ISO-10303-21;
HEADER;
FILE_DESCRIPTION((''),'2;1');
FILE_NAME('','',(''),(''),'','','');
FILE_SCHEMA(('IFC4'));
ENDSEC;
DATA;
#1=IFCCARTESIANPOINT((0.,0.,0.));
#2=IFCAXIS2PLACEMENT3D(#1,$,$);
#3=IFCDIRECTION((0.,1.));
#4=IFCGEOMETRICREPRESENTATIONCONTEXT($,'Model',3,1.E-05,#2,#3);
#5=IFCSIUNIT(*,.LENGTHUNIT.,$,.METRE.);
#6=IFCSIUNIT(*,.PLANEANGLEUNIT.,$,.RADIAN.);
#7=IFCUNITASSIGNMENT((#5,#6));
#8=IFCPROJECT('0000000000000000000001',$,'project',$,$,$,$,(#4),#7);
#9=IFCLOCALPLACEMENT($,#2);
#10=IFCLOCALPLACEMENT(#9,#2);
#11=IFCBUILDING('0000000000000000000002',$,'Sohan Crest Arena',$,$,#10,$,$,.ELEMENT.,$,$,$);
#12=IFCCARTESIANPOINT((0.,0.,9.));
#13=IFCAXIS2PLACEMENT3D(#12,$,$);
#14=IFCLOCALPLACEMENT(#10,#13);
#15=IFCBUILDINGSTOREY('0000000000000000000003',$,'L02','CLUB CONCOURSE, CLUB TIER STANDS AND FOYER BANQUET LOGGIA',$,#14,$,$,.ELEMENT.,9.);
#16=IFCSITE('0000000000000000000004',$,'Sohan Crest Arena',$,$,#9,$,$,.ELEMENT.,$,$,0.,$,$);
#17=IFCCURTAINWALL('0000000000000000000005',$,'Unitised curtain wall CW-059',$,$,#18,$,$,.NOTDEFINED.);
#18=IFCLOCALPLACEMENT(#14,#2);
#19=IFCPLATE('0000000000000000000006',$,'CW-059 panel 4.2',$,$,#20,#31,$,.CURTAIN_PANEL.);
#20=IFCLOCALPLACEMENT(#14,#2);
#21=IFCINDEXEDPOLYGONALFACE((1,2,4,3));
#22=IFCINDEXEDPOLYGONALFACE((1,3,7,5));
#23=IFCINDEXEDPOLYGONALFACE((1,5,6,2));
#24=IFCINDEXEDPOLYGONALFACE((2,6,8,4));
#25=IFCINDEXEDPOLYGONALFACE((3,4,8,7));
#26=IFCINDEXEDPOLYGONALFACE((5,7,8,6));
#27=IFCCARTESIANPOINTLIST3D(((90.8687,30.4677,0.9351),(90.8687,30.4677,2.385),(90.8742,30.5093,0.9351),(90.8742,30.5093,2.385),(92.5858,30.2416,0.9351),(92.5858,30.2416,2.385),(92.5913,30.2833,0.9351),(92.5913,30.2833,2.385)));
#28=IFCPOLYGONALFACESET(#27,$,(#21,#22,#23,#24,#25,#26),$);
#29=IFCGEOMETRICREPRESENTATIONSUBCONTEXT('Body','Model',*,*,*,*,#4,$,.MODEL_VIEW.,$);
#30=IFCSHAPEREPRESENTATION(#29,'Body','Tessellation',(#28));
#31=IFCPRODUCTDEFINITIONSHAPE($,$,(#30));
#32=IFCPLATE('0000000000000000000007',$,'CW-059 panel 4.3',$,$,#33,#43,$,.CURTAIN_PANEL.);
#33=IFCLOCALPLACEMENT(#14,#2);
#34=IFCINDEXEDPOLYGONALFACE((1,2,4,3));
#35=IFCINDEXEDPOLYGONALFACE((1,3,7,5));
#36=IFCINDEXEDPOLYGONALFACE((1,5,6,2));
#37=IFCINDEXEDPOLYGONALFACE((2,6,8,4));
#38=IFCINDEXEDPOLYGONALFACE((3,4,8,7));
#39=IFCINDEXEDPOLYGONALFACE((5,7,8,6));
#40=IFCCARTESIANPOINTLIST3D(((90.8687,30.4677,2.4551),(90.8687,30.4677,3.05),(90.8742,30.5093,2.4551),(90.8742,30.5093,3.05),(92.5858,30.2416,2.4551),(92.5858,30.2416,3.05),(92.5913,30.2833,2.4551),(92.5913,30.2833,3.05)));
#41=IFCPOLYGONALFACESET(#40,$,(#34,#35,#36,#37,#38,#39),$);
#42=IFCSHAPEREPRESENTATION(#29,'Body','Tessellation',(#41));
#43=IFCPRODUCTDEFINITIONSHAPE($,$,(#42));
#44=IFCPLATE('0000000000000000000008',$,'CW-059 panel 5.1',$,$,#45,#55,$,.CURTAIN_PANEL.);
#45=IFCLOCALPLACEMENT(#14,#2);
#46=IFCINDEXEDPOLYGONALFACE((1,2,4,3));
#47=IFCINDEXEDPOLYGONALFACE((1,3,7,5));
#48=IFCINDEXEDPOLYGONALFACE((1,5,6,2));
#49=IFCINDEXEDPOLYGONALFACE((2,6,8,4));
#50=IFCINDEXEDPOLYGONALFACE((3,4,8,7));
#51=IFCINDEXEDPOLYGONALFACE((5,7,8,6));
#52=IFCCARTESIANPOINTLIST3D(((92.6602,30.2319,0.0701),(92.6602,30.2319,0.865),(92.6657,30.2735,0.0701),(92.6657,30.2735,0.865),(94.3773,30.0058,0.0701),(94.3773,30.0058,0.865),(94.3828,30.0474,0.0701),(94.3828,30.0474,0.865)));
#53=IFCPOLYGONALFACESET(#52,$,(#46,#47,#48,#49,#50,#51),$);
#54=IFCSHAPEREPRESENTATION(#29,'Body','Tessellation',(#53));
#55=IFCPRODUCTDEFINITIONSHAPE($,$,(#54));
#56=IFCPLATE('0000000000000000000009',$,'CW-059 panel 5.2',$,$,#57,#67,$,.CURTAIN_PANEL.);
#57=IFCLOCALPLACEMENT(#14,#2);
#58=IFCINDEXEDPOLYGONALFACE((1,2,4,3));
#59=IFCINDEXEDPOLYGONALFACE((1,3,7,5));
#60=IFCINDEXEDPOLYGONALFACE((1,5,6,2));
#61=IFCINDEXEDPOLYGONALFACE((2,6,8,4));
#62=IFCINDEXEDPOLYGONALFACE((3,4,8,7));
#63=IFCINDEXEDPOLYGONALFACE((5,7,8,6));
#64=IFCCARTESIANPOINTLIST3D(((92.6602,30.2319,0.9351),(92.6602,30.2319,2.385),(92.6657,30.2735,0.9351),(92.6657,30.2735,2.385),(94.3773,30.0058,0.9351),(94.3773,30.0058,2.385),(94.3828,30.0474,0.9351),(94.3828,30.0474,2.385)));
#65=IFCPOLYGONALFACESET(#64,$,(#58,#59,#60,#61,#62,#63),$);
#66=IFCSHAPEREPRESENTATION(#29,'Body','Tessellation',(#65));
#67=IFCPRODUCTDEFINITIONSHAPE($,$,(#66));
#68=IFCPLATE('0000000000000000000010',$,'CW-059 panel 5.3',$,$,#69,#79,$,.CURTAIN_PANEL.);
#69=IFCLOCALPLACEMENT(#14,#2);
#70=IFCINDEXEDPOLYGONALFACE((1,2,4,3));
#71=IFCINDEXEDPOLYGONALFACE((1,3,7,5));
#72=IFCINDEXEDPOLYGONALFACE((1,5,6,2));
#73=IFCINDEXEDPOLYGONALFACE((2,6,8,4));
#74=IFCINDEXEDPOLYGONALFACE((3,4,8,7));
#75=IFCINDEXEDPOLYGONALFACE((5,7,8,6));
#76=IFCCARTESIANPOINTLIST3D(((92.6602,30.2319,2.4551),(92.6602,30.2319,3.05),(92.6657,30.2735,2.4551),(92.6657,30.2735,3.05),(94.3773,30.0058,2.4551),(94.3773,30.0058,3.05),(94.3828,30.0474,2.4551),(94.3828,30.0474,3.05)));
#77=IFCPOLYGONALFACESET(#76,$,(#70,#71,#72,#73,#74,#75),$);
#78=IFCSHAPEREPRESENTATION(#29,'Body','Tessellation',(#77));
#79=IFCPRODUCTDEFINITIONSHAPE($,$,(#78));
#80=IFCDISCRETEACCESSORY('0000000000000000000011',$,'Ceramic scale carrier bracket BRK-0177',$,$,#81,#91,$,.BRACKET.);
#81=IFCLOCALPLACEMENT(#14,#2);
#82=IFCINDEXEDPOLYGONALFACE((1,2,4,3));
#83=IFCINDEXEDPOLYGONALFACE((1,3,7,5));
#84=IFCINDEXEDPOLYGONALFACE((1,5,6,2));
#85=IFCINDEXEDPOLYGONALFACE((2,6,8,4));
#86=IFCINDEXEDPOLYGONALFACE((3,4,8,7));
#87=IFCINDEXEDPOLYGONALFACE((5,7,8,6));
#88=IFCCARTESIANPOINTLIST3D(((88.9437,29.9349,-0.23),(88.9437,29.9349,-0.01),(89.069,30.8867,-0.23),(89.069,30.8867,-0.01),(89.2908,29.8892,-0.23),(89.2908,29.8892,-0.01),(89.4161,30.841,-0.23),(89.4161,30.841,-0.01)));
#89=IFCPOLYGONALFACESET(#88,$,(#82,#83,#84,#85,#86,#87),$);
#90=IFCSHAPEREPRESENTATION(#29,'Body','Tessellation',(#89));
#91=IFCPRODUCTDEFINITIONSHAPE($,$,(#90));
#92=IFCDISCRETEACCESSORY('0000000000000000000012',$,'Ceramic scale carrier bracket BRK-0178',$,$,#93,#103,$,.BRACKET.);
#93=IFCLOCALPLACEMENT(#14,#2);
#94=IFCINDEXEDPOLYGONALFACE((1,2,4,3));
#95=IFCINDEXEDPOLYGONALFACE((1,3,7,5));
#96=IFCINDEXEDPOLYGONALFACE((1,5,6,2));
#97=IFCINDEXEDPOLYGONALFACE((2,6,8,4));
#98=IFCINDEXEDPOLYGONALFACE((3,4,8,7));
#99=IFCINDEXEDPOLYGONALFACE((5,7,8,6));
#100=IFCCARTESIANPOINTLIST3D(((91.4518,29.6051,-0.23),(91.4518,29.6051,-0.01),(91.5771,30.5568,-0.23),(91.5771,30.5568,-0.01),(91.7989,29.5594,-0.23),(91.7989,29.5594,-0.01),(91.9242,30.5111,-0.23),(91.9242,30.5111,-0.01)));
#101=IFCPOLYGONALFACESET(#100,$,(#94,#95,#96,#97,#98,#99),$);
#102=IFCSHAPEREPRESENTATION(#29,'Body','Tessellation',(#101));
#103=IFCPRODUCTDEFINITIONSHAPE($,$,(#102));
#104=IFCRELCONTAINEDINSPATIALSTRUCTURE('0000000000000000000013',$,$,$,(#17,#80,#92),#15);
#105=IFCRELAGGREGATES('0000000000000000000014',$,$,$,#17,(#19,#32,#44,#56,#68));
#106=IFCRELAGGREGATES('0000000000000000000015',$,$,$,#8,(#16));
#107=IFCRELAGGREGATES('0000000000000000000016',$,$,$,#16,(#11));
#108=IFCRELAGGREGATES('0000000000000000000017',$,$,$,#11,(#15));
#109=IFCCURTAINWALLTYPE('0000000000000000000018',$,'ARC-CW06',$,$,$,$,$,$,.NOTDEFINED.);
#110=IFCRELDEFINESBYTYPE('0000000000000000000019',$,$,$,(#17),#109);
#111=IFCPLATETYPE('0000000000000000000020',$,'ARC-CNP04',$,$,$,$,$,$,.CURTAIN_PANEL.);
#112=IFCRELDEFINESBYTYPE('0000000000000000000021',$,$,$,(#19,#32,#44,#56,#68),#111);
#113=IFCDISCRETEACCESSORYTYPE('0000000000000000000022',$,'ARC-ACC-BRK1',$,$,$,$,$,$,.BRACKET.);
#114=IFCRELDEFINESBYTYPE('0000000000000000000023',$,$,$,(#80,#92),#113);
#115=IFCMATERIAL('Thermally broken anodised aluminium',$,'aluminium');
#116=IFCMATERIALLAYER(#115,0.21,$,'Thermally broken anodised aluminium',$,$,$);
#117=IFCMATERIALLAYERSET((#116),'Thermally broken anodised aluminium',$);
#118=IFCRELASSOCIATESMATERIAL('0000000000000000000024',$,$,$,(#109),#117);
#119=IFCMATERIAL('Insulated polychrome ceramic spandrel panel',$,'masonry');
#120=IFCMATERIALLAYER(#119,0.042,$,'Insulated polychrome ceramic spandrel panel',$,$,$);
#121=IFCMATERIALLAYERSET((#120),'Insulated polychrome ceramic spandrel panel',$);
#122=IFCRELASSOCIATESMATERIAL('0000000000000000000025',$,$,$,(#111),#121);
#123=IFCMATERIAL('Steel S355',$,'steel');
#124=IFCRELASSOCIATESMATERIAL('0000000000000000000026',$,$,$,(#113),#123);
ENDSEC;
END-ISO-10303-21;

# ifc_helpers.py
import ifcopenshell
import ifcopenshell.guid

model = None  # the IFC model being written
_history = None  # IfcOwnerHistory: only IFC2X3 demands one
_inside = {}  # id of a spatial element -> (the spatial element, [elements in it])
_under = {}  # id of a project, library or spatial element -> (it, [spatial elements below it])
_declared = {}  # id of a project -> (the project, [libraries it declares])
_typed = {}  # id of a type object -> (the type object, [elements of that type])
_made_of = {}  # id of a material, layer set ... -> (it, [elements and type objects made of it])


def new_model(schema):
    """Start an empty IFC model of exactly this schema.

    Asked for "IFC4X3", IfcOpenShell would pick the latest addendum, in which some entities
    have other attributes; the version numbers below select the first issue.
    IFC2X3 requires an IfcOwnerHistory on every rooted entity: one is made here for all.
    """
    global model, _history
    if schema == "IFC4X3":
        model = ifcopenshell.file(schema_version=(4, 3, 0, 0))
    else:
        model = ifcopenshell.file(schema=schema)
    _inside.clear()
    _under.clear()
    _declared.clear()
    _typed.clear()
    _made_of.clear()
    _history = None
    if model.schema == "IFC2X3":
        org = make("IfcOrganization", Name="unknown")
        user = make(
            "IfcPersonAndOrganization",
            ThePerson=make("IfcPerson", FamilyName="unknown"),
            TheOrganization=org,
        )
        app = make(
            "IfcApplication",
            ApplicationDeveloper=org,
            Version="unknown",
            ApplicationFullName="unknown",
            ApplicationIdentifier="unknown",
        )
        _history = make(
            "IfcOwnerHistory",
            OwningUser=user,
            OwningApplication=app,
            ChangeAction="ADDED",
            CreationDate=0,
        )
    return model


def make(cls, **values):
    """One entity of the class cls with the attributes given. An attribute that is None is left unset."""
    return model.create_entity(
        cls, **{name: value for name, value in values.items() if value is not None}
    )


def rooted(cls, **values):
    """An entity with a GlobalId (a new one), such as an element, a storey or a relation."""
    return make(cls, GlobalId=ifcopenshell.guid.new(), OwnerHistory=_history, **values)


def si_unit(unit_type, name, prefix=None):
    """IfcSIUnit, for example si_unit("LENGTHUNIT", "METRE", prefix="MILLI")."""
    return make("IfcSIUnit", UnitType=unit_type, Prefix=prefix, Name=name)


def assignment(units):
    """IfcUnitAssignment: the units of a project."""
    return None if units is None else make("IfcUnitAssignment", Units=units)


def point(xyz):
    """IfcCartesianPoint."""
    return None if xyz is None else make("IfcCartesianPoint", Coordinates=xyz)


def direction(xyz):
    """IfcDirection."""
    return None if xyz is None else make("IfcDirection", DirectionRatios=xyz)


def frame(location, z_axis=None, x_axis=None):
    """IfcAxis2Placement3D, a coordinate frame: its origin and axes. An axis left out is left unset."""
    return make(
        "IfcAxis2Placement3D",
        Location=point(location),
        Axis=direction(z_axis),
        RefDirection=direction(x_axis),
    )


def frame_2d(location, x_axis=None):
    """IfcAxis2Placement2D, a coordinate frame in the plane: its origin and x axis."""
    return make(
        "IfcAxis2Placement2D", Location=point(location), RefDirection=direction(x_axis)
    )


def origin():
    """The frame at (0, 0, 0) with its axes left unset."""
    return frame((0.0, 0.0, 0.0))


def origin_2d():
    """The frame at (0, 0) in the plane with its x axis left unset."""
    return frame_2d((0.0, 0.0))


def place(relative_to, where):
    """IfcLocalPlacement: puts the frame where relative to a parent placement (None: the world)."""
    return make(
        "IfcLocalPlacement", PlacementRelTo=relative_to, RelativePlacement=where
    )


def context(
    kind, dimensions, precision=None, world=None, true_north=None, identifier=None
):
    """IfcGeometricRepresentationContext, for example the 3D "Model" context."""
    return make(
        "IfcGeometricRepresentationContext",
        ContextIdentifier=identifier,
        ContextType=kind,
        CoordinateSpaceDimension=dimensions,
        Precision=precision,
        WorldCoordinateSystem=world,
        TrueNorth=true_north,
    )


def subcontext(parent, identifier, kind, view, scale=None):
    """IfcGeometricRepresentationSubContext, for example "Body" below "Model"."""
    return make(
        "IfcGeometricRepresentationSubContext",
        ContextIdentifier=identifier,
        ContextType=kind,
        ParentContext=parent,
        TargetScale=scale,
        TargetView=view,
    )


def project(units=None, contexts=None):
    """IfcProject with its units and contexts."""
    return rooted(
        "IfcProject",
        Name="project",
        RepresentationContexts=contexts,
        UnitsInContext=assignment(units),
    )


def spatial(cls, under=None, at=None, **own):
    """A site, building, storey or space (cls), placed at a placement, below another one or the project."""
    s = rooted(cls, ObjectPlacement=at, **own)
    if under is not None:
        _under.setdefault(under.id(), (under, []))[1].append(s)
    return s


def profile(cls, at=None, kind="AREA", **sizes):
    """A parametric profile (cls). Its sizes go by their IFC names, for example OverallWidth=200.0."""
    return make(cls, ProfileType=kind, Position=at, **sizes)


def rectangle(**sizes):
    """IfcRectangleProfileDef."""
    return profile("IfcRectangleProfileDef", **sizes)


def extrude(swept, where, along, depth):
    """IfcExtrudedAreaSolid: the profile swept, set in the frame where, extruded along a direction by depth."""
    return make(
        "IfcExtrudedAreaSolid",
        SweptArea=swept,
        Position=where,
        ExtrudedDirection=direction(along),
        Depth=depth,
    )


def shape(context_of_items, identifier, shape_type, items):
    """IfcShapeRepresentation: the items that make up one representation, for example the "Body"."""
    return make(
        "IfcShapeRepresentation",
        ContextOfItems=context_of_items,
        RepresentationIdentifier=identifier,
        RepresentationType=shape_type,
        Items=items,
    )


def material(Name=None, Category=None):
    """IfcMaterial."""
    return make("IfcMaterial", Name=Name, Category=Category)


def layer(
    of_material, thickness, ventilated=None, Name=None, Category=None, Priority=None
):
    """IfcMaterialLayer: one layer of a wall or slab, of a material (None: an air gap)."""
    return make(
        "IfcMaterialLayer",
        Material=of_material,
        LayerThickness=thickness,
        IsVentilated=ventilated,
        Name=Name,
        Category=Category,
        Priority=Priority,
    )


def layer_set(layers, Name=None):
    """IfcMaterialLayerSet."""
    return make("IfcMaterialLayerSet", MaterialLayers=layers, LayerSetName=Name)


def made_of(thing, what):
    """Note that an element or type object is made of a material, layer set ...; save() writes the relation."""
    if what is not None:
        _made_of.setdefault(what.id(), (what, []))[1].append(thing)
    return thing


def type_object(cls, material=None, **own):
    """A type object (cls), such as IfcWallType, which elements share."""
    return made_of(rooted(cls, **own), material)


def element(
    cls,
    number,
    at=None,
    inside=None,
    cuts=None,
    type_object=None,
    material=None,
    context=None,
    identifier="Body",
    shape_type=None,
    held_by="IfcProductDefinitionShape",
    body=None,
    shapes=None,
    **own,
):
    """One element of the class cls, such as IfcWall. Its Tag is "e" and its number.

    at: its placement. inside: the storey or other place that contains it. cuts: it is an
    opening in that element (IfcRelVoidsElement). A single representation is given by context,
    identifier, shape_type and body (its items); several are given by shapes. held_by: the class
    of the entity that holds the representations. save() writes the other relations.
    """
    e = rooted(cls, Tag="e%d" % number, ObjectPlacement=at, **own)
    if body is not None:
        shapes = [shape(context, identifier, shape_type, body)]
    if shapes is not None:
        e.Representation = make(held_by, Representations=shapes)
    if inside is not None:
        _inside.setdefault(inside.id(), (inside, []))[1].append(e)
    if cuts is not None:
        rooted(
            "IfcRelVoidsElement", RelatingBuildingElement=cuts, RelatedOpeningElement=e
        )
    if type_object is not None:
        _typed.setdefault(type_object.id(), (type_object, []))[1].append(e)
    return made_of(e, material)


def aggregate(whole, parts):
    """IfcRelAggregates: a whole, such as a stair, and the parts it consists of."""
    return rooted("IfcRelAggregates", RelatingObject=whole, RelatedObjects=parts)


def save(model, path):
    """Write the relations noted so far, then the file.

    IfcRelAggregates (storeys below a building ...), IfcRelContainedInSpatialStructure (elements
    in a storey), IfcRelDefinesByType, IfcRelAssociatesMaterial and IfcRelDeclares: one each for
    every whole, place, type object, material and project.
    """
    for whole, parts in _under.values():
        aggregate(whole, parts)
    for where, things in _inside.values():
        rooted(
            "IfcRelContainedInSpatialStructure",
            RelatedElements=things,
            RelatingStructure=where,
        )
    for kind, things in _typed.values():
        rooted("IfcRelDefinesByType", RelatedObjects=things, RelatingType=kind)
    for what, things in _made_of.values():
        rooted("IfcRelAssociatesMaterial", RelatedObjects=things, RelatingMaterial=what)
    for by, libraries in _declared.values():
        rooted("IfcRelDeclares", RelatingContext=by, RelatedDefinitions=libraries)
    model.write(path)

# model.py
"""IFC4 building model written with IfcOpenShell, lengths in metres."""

from ifc_helpers import new_model, si_unit, direction, frame, origin, origin_2d, place, context, subcontext, project, spatial, rectangle, extrude, material, layer, layer_set, type_object, element, aggregate, save


model = new_model("IFC4")

# Units and contexts
model_context = context("Model", 3, precision=1e-05, world=origin(), true_north=direction((0.0, 1.0)))
body_context = subcontext(model_context, "Body", "Model", "MODEL_VIEW")
ifc_project = project(units=[si_unit("LENGTHUNIT", "METRE"), si_unit("PLANEANGLEUNIT", "RADIAN")], contexts=[model_context])

# Site, building, storey
site_placement = place(None, origin())
site = spatial("IfcSite", under=ifc_project, at=site_placement, Name="Sohan Crest Arena", CompositionType="ELEMENT", RefElevation=0.0)
building_placement = place(site_placement, origin())
building = spatial("IfcBuilding", under=site, at=building_placement, Name="Sohan Crest Arena", CompositionType="ELEMENT")
storey_placement = place(building_placement, frame((0.0, 0.0, 9.0)))
storey = spatial("IfcBuildingStorey", under=building, at=storey_placement, Name="L02", Description="CLUB CONCOURSE, CLUB TIER STANDS AND FOYER BANQUET LOGGIA", CompositionType="ELEMENT", Elevation=9.0)

# Curtain wall, plates
ifc_material_1 = material(Name="Thermally broken anodised aluminium", Category="aluminium")
ifc_layer_1 = layer(ifc_material_1, 0.21, Name="Thermally broken anodised aluminium")
ifc_layer_set_1 = layer_set([ifc_layer_1], Name="Thermally broken anodised aluminium")
curtain_wall_type = type_object("IfcCurtainWallType", Name="ARC-CW06", PredefinedType="NOTDEFINED", material=ifc_layer_set_1)
curtain_wall_placement = place(storey_placement, origin())
curtain_wall = element("IfcCurtainWall", 1, at=curtain_wall_placement, inside=storey, type_object=curtain_wall_type, Name="Unitised curtain wall CW-059", PredefinedType="NOTDEFINED")
ifc_material_2 = material(Name="Insulated polychrome ceramic spandrel panel", Category="masonry")
ifc_layer_2 = layer(ifc_material_2, 0.042, Name="Insulated polychrome ceramic spandrel panel")
ifc_layer_set_2 = layer_set([ifc_layer_2], Name="Insulated polychrome ceramic spandrel panel")
plate_type = type_object("IfcPlateType", Name="ARC-CNP04", PredefinedType="CURTAIN_PANEL", material=ifc_layer_set_2)
plate_1_placement = place(storey_placement, frame((91.73, 30.3755, 0.9351), z_axis=(0.0, 0.0, 1.0), x_axis=(0.991444, -0.130532, 0.0)))
plate_1 = element("IfcPlate", 2, at=plate_1_placement, type_object=plate_type, Name="CW-059 panel 4.2", PredefinedType="CURTAIN_PANEL", context=body_context, shape_type="SweptSolid", body=[
    extrude(rectangle(XDim=1.7319, YDim=0.042, at=origin_2d()), origin(), (0.0, 0.0, 1.0), 1.45),
])
plate_2_placement = place(storey_placement, frame((91.73, 30.3755, 2.4551), z_axis=(0.0, 0.0, 1.0), x_axis=(0.991444, -0.130532, 0.0)))
plate_2 = element("IfcPlate", 3, at=plate_2_placement, type_object=plate_type, Name="CW-059 panel 4.3", PredefinedType="CURTAIN_PANEL", context=body_context, shape_type="SweptSolid", body=[
    extrude(rectangle(XDim=1.7319, YDim=0.042, at=origin_2d()), origin(), (0.0, 0.0, 1.0), 0.595),
])
plate_3_placement = place(storey_placement, frame((93.5215, 30.1396, 0.0701), z_axis=(0.0, 0.0, 1.0), x_axis=(0.991444, -0.130532, 0.0)))
plate_3 = element("IfcPlate", 4, at=plate_3_placement, type_object=plate_type, Name="CW-059 panel 5.1", PredefinedType="CURTAIN_PANEL", context=body_context, shape_type="SweptSolid", body=[
    extrude(rectangle(XDim=1.7319, YDim=0.042, at=origin_2d()), origin(), (0.0, 0.0, 1.0), 0.7949),
])
plate_4_placement = place(storey_placement, frame((93.5215, 30.1396, 0.9351), z_axis=(0.0, 0.0, 1.0), x_axis=(0.991444, -0.130532, 0.0)))
plate_4 = element("IfcPlate", 5, at=plate_4_placement, type_object=plate_type, Name="CW-059 panel 5.2", PredefinedType="CURTAIN_PANEL", context=body_context, shape_type="SweptSolid", body=[
    extrude(rectangle(XDim=1.7319, YDim=0.042, at=origin_2d()), origin(), (0.0, 0.0, 1.0), 1.45),
])
plate_5_placement = place(storey_placement, frame((93.5215, 30.1396, 2.4551), z_axis=(0.0, 0.0, 1.0), x_axis=(0.991444, -0.130532, 0.0)))
plate_5 = element("IfcPlate", 6, at=plate_5_placement, type_object=plate_type, Name="CW-059 panel 5.3", PredefinedType="CURTAIN_PANEL", context=body_context, shape_type="SweptSolid", body=[
    extrude(rectangle(XDim=1.7319, YDim=0.042, at=origin_2d()), origin(), (0.0, 0.0, 1.0), 0.595),
])
aggregate(curtain_wall, [plate_1, plate_2, plate_3, plate_4, plate_5])

# Discrete accessories
ifc_material_3 = material(Name="Steel S355", Category="steel")
discrete_accessory_type = type_object("IfcDiscreteAccessoryType", Name="ARC-ACC-BRK1", PredefinedType="BRACKET", material=ifc_material_3)
for number, where, z_axis, x_axis, name in (
    (7, (89.1799, 30.3879, -0.23), (0.0, 0.0, 1.0), (0.991445, -0.130526, 0.0), "Ceramic scale carrier bracket BRK-0177"),
    (8, (91.688, 30.0581, -0.23), (0.0, 0.0, 1.0), (0.991445, -0.130526, 0.0), "Ceramic scale carrier bracket BRK-0178"),
):
    element("IfcDiscreteAccessory", number, at=place(storey_placement, frame(where, z_axis=z_axis, x_axis=x_axis)), inside=storey, type_object=discrete_accessory_type, Name=name, PredefinedType="BRACKET", context=body_context, shape_type="SweptSolid", body=[
        extrude(rectangle(XDim=0.3501, YDim=0.96, at=origin_2d()), origin(), (0.0, 0.0, 1.0), 0.22),
    ])

save(model, "model.ifc")
